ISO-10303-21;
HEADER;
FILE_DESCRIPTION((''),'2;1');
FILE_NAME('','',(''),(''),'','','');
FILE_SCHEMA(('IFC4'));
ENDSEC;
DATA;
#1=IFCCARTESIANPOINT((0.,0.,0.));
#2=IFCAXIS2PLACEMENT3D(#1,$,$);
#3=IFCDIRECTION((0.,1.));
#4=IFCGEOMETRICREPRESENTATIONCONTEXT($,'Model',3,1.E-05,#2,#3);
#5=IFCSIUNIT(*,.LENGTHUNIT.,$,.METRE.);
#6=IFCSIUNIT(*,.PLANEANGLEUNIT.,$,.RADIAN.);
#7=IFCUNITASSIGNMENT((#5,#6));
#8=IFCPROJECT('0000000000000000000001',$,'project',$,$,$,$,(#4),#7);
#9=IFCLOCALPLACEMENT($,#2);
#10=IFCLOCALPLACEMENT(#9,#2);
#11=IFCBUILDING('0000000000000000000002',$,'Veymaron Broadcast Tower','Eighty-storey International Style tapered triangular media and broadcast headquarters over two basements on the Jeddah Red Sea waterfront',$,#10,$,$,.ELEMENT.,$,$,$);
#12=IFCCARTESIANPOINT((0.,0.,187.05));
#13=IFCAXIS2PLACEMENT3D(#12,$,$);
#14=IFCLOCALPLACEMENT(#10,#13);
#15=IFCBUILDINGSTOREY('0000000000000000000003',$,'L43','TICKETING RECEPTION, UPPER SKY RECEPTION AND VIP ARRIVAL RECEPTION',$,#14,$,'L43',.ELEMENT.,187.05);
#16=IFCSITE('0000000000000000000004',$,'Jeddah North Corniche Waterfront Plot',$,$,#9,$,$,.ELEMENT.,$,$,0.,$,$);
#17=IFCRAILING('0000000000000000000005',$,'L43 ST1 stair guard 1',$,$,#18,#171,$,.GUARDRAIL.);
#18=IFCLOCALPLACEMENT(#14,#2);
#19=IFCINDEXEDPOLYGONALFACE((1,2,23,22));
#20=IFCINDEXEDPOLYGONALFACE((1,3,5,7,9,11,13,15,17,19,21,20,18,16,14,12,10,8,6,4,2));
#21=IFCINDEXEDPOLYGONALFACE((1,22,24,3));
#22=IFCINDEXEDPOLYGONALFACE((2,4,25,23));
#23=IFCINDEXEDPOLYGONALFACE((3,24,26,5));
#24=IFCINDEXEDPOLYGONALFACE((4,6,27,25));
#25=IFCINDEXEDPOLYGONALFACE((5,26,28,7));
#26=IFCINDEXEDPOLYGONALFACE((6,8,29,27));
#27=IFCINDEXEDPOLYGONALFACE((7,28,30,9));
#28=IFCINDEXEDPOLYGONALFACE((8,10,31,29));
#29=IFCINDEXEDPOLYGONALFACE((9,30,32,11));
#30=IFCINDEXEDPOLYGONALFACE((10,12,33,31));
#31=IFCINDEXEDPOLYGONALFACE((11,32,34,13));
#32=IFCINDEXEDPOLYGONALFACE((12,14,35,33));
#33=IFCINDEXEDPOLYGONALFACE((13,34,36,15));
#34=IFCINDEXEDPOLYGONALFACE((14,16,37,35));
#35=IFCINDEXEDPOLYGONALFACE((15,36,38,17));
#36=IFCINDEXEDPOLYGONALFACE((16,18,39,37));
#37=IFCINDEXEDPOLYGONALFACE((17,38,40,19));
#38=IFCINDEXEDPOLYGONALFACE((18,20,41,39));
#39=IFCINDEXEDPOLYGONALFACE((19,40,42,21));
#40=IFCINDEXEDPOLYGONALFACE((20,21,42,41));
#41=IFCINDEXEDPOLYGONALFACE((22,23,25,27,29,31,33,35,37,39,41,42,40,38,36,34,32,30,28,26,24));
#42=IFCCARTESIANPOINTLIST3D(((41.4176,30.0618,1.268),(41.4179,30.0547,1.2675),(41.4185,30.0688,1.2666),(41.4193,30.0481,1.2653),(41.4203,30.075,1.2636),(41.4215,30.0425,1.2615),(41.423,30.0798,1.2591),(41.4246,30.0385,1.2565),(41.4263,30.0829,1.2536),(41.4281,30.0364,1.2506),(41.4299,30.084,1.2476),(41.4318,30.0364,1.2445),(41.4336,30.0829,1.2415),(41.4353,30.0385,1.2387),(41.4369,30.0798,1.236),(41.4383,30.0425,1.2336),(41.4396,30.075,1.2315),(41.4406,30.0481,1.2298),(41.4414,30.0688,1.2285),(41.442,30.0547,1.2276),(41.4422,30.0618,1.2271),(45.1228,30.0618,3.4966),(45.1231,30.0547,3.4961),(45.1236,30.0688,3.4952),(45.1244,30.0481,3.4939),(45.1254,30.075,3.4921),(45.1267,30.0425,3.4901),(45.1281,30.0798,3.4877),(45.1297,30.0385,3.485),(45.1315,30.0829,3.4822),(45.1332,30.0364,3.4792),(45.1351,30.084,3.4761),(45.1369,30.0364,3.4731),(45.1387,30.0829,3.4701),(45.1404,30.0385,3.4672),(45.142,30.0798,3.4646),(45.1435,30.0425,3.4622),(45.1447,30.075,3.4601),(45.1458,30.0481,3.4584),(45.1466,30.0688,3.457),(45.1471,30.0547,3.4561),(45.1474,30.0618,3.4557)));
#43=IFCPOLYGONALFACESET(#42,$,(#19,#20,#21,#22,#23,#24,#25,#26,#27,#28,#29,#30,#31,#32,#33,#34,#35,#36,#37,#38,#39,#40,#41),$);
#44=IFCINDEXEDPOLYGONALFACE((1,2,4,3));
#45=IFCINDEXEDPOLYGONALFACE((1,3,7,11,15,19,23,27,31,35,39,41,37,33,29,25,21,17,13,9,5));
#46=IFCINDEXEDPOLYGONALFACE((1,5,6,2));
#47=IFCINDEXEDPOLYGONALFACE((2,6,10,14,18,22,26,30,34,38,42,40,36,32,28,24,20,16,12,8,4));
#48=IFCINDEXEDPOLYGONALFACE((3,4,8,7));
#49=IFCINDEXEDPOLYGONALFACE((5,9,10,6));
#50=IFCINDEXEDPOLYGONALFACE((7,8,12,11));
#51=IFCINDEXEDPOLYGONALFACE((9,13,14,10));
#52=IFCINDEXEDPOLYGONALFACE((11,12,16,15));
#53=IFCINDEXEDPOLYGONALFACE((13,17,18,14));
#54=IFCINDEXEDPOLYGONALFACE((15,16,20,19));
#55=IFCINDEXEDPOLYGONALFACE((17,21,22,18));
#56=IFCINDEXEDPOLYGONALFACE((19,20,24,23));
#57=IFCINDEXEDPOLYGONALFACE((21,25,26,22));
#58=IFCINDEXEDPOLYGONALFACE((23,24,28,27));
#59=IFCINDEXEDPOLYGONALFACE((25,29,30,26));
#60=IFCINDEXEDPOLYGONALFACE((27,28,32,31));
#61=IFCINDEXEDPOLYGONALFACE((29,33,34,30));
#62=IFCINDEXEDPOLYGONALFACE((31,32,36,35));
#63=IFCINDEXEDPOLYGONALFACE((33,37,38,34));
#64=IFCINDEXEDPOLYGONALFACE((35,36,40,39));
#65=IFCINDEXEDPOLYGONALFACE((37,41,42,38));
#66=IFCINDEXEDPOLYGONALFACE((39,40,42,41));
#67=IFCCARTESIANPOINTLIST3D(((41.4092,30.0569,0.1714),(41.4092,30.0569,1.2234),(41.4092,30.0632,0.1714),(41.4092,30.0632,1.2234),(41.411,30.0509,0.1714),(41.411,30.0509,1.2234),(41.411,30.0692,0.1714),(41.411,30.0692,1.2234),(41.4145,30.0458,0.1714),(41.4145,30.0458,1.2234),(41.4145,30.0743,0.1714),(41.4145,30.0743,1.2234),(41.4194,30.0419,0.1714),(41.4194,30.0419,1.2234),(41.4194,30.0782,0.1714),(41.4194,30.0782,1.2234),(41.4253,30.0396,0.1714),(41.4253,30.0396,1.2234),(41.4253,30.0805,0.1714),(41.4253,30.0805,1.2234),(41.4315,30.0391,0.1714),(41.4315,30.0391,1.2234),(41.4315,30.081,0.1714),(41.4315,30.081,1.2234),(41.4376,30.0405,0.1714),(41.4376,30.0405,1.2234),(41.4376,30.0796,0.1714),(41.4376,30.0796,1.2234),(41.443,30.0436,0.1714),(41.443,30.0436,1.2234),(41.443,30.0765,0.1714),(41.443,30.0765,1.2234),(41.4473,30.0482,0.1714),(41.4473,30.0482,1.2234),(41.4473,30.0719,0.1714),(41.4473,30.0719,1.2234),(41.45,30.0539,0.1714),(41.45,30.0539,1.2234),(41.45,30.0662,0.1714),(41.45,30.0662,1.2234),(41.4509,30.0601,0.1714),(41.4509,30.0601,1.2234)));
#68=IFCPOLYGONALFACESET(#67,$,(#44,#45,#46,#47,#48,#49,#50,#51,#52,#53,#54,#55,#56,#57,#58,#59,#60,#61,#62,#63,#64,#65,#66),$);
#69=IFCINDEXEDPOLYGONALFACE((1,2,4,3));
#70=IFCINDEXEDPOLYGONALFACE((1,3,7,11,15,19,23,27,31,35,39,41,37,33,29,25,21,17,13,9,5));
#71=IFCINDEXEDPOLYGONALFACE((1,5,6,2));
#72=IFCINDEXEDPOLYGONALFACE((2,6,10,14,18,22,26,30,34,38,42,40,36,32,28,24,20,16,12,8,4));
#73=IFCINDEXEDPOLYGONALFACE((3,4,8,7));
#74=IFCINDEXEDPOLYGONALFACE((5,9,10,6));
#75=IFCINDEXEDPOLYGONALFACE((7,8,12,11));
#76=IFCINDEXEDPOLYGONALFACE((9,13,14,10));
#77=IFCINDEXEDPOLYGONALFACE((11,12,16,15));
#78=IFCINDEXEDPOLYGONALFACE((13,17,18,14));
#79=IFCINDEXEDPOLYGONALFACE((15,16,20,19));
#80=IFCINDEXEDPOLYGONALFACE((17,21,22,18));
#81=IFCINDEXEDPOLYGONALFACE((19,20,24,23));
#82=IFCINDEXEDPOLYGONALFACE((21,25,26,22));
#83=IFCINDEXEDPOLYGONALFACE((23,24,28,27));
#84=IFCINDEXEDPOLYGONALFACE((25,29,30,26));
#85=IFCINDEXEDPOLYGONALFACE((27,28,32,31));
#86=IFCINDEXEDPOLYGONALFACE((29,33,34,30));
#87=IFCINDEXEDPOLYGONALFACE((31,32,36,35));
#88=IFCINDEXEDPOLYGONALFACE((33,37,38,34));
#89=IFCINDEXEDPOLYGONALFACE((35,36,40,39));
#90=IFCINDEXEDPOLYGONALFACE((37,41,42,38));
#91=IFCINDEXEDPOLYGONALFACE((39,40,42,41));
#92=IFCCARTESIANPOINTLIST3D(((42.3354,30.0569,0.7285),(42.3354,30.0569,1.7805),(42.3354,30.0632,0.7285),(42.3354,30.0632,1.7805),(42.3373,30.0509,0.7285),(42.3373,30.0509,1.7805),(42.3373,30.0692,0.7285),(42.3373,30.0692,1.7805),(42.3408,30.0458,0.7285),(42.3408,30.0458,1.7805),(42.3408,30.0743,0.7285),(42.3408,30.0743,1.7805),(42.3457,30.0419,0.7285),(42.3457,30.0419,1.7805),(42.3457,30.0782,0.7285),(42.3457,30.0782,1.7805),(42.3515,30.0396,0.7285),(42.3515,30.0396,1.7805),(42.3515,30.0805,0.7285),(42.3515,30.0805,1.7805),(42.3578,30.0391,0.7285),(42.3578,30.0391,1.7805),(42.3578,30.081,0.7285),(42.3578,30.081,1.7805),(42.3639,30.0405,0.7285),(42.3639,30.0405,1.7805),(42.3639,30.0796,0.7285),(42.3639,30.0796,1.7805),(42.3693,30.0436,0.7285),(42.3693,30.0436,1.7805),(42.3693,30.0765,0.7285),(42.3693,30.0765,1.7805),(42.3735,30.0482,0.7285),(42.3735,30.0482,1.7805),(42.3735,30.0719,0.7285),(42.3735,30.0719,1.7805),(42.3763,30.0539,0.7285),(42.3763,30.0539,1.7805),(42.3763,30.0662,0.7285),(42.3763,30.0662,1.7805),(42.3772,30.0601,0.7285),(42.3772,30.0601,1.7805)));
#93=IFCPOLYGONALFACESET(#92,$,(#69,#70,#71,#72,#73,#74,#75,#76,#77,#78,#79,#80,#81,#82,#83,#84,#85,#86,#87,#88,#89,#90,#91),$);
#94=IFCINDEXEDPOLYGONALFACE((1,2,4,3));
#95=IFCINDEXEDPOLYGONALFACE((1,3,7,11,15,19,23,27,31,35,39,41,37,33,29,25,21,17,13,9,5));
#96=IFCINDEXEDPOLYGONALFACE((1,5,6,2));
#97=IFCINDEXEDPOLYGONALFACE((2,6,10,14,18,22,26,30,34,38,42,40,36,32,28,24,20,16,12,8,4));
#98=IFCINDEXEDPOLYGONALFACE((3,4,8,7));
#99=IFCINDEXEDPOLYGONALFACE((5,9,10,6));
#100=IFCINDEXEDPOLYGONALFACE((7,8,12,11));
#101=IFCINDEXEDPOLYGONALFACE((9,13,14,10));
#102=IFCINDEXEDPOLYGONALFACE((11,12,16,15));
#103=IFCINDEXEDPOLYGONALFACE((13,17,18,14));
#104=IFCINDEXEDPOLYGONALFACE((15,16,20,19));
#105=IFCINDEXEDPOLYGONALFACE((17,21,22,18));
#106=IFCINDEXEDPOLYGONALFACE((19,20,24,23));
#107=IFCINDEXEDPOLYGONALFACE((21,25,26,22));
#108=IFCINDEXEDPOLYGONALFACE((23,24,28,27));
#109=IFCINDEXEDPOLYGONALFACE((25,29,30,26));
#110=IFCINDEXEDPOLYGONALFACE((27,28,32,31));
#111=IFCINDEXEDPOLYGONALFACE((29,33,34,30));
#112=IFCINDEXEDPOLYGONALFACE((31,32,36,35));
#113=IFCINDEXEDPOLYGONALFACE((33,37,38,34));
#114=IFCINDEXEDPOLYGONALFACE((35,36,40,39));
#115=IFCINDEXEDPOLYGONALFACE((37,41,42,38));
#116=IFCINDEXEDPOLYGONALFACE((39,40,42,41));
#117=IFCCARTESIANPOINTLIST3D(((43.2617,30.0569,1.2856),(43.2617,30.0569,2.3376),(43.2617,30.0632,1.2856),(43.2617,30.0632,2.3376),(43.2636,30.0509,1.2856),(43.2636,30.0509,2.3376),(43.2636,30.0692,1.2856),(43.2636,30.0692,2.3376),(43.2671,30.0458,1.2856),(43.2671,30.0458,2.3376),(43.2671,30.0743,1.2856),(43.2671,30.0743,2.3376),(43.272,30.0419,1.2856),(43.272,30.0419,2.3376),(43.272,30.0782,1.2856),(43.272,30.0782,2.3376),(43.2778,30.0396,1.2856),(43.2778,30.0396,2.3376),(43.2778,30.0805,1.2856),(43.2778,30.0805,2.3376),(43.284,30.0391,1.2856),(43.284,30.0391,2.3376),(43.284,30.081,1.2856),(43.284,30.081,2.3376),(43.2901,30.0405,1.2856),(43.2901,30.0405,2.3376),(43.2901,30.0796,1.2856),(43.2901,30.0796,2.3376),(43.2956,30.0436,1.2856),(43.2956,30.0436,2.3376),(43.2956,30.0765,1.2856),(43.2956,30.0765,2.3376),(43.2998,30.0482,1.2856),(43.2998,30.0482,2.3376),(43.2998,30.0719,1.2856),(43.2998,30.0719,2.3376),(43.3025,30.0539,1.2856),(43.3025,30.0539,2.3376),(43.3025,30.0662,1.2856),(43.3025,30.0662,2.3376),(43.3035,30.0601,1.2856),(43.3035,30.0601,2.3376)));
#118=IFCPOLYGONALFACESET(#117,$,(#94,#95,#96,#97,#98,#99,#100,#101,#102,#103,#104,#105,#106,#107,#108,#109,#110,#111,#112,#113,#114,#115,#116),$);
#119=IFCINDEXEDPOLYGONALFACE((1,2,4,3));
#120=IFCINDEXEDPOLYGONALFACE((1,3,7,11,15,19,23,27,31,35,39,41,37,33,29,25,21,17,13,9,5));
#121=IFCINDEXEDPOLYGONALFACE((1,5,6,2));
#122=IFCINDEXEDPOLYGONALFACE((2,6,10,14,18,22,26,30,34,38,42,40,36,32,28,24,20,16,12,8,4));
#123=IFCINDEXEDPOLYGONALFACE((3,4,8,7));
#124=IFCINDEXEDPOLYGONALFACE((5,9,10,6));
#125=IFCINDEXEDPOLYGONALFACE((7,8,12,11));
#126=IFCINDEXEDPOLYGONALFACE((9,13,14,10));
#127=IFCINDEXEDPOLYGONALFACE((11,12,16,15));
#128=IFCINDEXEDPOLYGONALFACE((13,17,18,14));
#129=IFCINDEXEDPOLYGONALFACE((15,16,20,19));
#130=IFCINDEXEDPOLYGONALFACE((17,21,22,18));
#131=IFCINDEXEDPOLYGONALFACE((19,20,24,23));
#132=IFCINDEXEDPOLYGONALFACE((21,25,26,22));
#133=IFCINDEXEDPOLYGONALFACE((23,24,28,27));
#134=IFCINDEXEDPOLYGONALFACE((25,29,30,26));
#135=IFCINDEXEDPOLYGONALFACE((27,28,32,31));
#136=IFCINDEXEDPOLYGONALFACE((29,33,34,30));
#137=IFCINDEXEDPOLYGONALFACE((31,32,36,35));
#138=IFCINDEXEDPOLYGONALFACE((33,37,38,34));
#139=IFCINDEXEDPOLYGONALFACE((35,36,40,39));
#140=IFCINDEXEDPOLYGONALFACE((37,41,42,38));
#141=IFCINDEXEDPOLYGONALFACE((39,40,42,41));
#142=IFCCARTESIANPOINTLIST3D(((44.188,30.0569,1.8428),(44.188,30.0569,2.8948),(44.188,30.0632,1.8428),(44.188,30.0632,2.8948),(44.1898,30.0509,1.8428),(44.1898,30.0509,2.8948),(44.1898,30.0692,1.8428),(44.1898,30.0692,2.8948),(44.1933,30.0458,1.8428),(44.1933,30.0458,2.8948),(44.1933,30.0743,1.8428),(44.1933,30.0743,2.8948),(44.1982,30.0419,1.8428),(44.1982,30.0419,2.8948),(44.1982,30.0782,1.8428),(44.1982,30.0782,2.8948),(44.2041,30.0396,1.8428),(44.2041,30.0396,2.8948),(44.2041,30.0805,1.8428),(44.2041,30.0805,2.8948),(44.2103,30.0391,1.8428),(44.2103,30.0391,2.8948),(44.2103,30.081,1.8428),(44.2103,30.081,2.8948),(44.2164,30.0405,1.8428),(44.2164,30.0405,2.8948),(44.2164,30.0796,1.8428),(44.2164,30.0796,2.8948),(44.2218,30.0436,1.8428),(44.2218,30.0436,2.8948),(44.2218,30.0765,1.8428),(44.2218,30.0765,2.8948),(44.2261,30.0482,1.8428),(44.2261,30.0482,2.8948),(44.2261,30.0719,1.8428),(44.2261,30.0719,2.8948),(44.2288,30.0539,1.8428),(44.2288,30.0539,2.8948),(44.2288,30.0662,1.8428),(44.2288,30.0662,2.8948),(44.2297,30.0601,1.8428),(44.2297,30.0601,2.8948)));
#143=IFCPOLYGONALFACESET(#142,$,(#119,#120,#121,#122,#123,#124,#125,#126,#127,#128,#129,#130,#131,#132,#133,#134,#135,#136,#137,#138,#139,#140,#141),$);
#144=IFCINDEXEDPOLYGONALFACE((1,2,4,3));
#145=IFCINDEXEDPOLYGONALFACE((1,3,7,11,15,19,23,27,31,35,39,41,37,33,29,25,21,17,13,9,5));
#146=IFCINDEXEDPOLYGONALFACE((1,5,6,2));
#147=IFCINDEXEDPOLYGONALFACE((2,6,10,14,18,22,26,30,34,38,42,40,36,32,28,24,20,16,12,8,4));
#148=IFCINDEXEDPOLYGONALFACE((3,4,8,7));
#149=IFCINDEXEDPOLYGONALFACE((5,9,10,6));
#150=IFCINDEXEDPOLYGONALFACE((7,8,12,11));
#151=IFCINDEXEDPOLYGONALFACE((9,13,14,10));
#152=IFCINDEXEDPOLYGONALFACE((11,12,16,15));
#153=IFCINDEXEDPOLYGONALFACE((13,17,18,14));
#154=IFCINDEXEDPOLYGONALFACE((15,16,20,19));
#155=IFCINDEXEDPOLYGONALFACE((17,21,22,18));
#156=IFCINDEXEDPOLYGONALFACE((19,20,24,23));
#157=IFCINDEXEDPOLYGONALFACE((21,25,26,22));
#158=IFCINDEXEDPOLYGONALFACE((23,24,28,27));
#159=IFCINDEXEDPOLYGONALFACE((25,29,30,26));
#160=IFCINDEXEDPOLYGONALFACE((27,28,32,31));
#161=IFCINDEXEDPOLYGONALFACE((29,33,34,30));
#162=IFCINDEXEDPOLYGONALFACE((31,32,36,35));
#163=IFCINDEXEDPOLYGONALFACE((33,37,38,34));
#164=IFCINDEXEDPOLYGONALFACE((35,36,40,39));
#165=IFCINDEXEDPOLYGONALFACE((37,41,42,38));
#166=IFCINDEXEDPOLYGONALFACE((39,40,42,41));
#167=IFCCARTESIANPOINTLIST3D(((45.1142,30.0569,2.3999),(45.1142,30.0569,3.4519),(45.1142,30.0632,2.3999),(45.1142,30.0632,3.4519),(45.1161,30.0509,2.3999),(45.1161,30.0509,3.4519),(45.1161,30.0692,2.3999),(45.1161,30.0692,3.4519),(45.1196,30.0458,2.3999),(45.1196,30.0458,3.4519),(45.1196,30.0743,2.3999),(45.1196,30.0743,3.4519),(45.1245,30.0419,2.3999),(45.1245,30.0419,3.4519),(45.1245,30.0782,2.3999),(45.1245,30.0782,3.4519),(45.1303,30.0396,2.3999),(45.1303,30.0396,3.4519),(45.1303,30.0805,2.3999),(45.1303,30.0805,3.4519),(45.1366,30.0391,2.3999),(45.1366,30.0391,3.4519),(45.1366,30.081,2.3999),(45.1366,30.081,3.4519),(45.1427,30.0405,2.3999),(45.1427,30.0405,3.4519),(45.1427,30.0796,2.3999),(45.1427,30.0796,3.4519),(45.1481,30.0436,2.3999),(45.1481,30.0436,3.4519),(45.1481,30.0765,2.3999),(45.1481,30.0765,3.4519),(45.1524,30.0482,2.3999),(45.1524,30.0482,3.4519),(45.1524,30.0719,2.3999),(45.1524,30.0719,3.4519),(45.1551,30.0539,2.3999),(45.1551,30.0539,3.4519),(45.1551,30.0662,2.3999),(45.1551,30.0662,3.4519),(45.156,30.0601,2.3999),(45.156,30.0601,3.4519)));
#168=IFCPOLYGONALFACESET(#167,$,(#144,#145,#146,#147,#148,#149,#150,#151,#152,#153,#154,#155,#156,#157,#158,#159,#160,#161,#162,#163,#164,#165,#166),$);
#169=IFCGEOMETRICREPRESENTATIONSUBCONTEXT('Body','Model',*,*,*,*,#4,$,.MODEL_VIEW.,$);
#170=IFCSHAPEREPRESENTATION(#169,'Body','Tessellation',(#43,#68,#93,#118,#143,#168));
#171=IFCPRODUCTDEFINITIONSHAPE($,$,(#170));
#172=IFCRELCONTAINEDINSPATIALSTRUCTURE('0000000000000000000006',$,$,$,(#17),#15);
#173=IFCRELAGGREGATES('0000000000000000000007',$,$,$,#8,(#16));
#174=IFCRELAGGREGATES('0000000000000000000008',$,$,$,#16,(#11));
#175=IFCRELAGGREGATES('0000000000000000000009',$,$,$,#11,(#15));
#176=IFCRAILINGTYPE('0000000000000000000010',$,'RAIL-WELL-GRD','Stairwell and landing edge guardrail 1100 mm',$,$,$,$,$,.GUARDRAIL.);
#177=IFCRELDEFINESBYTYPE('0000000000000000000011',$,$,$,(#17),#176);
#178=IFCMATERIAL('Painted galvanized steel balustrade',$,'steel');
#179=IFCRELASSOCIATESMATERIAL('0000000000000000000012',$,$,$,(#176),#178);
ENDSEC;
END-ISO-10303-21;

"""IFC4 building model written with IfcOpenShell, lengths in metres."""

from ifc_helpers import new_model, si_unit, direction, frame, origin, origin_2d, place, context, subcontext, project, spatial, circle, extrude, material, type_object, element, save


model = new_model("IFC4")

# Units and contexts
model_context = context("Model", 3, precision=1e-05, world=origin(), true_north=direction((0.0, 1.0)))
body_context = subcontext(model_context, "Body", "Model", "MODEL_VIEW")
ifc_project = project(units=[si_unit("LENGTHUNIT", "METRE"), si_unit("PLANEANGLEUNIT", "RADIAN")], contexts=[model_context])

# Site, building, storey
site_placement = place(None, origin())
site = spatial("IfcSite", under=ifc_project, at=site_placement, Name="Jeddah North Corniche Waterfront Plot", CompositionType="ELEMENT", RefElevation=0.0)
building_placement = place(site_placement, origin())
building = spatial("IfcBuilding", under=site, at=building_placement, Name="Veymaron Broadcast Tower", Description="Eighty-storey International Style tapered triangular media and broadcast headquarters over two basements on the Jeddah Red Sea waterfront", CompositionType="ELEMENT")
storey_placement = place(building_placement, frame((0.0, 0.0, 187.05)))
storey = spatial("IfcBuildingStorey", under=building, at=storey_placement, Name="L43", Description="TICKETING RECEPTION, UPPER SKY RECEPTION AND VIP ARRIVAL RECEPTION", LongName="L43", CompositionType="ELEMENT", Elevation=187.05)

# Railing
ifc_material_1 = material(Name="Painted galvanized steel balustrade", Category="steel")
railing_type_1 = type_object("IfcRailingType", Name="RAIL-WELL-GRD", Description="Stairwell and landing edge guardrail 1100 mm", PredefinedType="GUARDRAIL", material=ifc_material_1)
railing_1_placement = place(storey_placement, frame((41.4299, 30.0601, 0.1714)))
element("IfcRailing", 1, at=railing_1_placement, inside=storey, type_object=railing_type_1, Name="L43 ST1 stair guard 1", PredefinedType="GUARDRAIL", context=body_context, shape_type="SweptSolid", body=[
    extrude(circle(Radius=0.0239, at=origin_2d()), frame((0.0, 0.0, 1.0762), z_axis=(0.856934, 0.0, 0.515425), x_axis=(0.0, 1.0, 0.0)), (0.0, 0.0, 1.0), 4.3237),
    extrude(circle(Radius=0.021, at=origin_2d()), origin(), (0.0, 0.0, 1.0), 1.052),
    extrude(circle(Radius=0.021, at=origin_2d()), frame((0.9263, 0.0, 0.5571)), (0.0, 0.0, 1.0), 1.052),
    extrude(circle(Radius=0.021, at=origin_2d()), frame((1.8525, 0.0, 1.1143)), (0.0, 0.0, 1.0), 1.052),
    extrude(circle(Radius=0.021, at=origin_2d()), frame((2.7788, 0.0, 1.6714)), (0.0, 0.0, 1.0), 1.052),
    extrude(circle(Radius=0.021, at=origin_2d()), frame((3.7051, 0.0, 2.2285)), (0.0, 0.0, 1.0), 1.052),
])

save(model, "model.ifc")
